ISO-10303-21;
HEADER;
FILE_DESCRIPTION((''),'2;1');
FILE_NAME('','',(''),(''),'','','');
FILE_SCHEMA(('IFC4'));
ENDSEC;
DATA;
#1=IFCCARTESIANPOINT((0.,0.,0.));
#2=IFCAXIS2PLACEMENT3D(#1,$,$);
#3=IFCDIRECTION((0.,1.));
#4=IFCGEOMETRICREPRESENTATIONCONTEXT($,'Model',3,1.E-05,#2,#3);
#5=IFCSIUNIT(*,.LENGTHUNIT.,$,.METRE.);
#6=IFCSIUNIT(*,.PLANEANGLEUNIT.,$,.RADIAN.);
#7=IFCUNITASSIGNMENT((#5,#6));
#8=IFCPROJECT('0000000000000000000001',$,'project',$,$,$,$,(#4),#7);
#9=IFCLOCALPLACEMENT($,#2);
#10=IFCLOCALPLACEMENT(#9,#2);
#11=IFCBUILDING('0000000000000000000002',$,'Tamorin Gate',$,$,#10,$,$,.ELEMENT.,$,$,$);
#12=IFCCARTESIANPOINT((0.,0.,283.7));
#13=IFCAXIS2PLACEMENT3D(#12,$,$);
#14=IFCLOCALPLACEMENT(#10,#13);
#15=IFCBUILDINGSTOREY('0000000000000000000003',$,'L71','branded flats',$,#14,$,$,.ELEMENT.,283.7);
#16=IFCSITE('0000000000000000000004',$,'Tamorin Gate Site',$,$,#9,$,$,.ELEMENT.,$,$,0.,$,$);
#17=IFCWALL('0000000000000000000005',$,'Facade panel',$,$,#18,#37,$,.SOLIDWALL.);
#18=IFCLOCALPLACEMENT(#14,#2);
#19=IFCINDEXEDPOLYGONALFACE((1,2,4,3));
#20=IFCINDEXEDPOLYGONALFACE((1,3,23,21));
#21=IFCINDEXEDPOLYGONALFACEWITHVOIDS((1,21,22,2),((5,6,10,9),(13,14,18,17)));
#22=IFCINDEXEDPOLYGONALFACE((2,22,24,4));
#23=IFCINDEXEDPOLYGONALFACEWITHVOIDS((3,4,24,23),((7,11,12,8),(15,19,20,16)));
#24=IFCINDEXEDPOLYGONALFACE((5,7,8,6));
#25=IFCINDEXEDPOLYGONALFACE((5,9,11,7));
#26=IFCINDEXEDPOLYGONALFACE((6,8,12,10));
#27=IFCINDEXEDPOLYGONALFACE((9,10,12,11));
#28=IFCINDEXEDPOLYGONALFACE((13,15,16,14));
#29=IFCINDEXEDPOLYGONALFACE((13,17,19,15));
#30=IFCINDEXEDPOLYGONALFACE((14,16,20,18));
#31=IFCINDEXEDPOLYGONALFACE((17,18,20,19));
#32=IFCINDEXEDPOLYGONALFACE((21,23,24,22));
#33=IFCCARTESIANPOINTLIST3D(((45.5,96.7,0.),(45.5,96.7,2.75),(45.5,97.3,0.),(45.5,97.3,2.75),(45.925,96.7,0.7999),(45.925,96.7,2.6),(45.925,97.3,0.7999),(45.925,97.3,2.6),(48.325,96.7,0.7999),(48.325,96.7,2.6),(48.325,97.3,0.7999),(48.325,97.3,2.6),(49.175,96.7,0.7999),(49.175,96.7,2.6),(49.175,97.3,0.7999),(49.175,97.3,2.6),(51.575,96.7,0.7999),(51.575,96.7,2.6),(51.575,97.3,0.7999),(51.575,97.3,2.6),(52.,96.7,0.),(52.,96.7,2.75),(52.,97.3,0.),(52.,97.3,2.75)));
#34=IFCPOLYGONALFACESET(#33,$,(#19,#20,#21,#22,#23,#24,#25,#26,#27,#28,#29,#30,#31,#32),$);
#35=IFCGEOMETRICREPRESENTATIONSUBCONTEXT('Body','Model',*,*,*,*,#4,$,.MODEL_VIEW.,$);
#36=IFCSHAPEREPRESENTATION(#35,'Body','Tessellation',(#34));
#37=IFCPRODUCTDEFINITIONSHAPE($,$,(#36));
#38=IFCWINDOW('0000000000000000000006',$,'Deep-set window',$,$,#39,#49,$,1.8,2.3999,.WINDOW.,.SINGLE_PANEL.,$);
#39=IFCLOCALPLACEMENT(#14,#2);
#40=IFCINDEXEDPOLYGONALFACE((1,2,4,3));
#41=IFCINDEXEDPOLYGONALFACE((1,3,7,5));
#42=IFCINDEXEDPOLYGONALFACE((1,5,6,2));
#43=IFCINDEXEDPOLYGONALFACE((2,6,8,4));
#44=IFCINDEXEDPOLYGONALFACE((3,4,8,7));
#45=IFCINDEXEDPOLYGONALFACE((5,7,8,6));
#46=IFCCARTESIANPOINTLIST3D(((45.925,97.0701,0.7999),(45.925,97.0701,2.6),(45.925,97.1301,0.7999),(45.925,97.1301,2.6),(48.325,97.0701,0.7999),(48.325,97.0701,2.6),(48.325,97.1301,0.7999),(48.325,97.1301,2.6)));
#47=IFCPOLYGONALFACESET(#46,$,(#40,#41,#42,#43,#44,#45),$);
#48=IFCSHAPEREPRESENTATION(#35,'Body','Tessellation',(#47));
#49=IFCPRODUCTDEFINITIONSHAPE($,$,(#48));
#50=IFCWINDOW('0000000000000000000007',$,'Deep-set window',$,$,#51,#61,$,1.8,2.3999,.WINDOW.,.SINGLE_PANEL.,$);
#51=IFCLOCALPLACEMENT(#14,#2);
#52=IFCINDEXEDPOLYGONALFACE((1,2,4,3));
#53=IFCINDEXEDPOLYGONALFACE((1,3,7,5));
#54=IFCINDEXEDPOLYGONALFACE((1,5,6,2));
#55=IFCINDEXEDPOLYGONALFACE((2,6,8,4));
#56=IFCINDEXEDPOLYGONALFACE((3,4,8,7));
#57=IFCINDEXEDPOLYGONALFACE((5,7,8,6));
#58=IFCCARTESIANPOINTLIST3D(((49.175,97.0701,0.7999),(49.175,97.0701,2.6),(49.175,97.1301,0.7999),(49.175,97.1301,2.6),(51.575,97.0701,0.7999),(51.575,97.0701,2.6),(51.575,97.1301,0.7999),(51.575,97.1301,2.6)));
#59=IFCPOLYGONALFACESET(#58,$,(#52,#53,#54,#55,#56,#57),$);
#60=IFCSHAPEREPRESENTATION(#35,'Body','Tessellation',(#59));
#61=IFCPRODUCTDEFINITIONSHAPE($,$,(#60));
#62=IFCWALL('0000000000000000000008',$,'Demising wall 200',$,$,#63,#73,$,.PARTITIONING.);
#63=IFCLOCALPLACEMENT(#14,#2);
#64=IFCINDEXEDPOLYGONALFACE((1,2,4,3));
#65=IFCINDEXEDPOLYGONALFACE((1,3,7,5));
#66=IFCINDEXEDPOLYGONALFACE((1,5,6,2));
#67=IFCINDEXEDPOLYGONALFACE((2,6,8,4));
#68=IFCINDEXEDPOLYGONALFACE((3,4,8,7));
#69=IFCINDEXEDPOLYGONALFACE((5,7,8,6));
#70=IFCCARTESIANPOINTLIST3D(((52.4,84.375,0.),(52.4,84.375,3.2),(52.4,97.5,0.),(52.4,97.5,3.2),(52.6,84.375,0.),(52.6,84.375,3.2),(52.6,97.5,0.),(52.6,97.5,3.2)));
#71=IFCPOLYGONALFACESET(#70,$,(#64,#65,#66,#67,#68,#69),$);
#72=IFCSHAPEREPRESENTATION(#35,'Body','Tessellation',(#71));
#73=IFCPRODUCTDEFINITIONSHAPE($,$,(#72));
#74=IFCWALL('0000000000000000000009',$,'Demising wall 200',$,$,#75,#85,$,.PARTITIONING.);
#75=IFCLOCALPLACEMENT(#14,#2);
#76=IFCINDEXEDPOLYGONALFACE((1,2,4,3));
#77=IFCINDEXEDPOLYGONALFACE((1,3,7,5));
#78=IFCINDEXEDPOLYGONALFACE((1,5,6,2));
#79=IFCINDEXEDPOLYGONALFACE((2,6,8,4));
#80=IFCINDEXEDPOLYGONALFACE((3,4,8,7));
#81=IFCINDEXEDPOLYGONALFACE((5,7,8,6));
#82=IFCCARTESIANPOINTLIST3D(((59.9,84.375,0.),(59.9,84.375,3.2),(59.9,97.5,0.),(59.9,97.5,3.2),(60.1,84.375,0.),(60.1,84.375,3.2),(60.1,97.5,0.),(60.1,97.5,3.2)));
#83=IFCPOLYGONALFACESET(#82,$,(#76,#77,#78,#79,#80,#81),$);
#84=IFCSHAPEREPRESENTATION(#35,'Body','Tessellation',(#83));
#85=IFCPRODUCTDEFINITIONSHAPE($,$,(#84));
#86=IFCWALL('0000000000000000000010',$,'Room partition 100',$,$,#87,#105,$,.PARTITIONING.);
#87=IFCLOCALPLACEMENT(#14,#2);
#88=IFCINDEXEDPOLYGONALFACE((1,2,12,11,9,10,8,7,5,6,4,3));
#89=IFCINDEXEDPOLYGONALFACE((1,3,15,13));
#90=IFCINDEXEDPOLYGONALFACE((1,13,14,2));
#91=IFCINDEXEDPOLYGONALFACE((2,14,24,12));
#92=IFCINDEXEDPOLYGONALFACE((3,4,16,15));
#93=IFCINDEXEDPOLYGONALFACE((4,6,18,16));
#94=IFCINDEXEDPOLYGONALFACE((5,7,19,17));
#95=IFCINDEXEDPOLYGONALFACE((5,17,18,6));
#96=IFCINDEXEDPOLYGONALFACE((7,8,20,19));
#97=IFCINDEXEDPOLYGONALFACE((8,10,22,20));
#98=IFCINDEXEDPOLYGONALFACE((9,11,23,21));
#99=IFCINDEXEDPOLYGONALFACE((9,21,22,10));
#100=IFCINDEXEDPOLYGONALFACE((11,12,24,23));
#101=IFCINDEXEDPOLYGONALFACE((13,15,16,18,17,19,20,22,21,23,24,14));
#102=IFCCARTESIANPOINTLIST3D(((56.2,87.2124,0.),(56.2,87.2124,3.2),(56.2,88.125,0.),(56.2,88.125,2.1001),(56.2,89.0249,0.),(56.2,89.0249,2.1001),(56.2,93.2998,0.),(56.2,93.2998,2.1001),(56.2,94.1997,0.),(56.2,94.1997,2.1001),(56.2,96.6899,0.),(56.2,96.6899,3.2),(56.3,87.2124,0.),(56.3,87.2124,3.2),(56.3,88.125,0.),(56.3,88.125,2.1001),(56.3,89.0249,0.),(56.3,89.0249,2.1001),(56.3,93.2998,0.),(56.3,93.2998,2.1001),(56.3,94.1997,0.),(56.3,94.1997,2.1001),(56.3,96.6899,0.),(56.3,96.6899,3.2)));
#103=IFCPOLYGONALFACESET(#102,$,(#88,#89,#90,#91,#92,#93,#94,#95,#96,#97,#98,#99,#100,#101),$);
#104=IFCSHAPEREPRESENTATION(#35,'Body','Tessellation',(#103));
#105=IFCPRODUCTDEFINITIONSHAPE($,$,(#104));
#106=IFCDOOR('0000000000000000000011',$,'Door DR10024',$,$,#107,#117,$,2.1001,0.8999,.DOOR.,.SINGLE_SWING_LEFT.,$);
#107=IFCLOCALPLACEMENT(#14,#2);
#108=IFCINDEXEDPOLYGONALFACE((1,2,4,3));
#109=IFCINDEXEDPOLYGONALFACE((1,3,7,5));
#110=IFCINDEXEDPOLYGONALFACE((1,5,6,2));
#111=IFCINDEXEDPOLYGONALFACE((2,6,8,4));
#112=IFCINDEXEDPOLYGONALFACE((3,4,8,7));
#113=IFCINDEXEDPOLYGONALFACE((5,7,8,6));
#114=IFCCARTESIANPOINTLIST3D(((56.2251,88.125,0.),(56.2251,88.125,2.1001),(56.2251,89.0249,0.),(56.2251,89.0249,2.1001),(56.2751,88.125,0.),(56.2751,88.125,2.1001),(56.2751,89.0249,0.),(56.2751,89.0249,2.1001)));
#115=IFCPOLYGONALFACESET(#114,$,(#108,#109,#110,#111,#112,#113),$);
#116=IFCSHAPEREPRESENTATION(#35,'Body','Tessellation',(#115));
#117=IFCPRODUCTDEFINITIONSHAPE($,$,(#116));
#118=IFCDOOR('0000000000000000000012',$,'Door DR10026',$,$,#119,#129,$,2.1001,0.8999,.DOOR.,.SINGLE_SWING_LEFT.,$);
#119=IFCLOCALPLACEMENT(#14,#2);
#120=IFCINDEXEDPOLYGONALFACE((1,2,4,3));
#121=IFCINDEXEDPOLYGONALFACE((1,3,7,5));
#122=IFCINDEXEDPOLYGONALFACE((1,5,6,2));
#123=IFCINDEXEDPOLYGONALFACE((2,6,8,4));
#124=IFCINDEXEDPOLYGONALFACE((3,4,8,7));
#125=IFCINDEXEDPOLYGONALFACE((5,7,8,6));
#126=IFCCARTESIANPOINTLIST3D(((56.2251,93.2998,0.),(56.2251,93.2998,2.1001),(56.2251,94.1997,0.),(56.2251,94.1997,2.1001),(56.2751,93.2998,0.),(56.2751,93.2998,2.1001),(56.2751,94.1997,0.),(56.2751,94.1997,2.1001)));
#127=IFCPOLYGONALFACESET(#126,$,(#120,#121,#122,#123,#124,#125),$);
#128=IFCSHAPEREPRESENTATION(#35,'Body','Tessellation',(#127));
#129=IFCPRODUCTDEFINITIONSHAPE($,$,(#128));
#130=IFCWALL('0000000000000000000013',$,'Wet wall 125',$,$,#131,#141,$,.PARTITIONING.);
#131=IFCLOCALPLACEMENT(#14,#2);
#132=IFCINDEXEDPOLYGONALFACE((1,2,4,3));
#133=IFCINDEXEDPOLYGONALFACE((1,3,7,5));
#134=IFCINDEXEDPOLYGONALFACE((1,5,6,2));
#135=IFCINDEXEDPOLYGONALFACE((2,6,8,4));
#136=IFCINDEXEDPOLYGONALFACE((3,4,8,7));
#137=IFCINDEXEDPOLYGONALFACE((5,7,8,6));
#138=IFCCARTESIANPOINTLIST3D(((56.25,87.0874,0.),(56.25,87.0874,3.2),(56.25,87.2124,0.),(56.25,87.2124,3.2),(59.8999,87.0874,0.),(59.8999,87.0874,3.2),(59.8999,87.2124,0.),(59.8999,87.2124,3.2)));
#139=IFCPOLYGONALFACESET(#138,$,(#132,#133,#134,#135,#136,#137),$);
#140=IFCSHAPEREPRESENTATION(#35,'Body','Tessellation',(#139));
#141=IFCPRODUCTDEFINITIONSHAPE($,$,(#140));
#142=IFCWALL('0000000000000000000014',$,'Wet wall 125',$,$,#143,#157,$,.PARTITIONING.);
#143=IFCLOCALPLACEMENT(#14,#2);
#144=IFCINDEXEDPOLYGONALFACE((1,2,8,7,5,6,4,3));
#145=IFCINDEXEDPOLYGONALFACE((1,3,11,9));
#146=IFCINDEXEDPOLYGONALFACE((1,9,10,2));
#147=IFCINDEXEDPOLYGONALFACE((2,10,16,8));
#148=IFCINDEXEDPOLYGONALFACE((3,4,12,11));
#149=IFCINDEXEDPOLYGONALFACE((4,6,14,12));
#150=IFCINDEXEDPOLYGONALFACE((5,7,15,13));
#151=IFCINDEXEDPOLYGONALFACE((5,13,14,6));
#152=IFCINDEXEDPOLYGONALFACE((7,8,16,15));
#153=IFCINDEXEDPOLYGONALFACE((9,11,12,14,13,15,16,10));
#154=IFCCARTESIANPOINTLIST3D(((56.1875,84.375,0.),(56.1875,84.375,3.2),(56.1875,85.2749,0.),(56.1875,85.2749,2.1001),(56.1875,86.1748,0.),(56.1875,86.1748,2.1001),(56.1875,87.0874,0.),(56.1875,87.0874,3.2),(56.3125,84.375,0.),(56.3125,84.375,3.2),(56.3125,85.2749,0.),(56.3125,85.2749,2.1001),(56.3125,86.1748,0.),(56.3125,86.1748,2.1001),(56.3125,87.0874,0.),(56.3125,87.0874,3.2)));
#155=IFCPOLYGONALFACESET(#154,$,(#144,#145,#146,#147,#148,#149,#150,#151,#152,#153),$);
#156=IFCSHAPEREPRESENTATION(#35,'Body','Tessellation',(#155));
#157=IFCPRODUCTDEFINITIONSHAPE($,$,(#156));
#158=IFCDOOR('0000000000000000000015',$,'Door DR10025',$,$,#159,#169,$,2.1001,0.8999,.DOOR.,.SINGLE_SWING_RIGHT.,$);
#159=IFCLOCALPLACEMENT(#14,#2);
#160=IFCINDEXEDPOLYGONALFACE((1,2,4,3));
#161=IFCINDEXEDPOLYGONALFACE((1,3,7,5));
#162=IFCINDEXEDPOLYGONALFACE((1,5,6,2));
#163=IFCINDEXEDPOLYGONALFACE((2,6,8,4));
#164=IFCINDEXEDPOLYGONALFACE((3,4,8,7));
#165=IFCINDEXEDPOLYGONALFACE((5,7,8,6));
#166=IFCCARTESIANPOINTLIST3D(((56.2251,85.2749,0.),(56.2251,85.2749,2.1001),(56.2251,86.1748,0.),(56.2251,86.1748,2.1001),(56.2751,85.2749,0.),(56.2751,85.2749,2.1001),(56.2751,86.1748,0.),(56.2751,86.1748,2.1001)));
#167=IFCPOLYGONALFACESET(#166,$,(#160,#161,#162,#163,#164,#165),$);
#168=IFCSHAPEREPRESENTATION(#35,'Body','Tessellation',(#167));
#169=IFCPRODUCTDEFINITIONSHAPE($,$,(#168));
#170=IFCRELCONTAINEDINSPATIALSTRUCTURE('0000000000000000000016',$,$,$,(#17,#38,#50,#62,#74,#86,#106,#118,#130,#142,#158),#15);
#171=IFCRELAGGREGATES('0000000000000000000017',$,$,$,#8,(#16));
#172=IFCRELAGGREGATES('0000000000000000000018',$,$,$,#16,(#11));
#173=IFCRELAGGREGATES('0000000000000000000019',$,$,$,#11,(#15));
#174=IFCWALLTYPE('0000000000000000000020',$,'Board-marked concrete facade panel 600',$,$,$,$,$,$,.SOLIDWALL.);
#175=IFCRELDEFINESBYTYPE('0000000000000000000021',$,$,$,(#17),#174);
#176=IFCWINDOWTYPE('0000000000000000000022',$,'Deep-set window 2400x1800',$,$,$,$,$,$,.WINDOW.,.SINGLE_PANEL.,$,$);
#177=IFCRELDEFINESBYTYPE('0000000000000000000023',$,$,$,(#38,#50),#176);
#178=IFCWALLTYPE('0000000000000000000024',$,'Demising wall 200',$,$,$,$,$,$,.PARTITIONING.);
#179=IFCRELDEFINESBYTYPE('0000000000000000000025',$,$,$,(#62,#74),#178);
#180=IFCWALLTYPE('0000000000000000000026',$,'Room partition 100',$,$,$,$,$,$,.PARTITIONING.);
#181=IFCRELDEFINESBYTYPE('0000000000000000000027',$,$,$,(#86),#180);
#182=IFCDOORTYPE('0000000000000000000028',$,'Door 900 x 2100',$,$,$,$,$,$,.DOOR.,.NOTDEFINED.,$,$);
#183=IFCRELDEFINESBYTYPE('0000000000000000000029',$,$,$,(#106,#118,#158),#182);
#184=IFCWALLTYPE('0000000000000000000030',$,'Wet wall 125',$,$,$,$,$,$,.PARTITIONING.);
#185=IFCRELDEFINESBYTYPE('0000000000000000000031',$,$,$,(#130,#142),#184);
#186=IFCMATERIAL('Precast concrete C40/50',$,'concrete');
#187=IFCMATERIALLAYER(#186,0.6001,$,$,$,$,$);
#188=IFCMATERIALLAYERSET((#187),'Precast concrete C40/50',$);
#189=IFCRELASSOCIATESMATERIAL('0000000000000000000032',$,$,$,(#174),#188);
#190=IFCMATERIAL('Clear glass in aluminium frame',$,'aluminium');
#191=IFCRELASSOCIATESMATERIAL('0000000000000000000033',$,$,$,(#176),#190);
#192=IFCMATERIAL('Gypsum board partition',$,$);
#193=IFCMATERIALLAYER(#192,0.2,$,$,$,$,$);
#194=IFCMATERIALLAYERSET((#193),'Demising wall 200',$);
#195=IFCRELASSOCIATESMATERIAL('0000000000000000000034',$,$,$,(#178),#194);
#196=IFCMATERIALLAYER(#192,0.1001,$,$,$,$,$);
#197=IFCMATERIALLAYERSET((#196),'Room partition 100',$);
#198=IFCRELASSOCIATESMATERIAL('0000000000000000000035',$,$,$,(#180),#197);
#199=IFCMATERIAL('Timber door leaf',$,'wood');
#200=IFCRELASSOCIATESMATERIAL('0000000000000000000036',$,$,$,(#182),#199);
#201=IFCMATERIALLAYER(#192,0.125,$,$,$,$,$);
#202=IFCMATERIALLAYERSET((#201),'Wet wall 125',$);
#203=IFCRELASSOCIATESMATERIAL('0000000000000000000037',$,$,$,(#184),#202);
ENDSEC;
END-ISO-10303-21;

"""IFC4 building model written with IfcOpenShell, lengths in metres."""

from ifc_helpers import new_model, si_unit, direction, frame, frame_2d, origin, place, context, subcontext, project, spatial, rectangle, extrude, material, layer, layer_set, type_object, element, fill, save


model = new_model("IFC4")

# Units and contexts
model_context = context("Model", 3, precision=1e-05, world=origin(), true_north=direction((0.0, 1.0)))
body_context = subcontext(model_context, "Body", "Model", "MODEL_VIEW")
ifc_project = project(units=[si_unit("LENGTHUNIT", "METRE"), si_unit("PLANEANGLEUNIT", "RADIAN")], contexts=[model_context])

# Site, building, storey
site_placement = place(None, origin())
site = spatial("IfcSite", under=ifc_project, at=site_placement, Name="Tamorin Gate Site", CompositionType="ELEMENT", RefElevation=0.0)
building_placement = place(site_placement, origin())
building = spatial("IfcBuilding", under=site, at=building_placement, Name="Tamorin Gate", CompositionType="ELEMENT")
storey_placement = place(building_placement, frame((0.0, 0.0, 283.7)))
storey = spatial("IfcBuildingStorey", under=building, at=storey_placement, Name="L71", Description="branded flats", CompositionType="ELEMENT", Elevation=283.7)

# Wall, openings, windows
ifc_material_1 = material(Name="Precast concrete C40/50", Category="concrete")
ifc_layer_1 = layer(ifc_material_1, 0.6001)
ifc_layer_set_1 = layer_set([ifc_layer_1], Name="Precast concrete C40/50")
wall_type_1 = type_object("IfcWallType", Name="Board-marked concrete facade panel 600", PredefinedType="SOLIDWALL", material=ifc_layer_set_1)
ifc_material_2 = material(Name="Clear glass in aluminium frame", Category="aluminium")
window_type = type_object("IfcWindowType", Name="Deep-set window 2400x1800", PartitioningType="SINGLE_PANEL", PredefinedType="WINDOW", material=ifc_material_2)
wall_1_placement = place(storey_placement, frame((52.0, 97.0, 0.0), z_axis=(0.0, 0.0, 1.0), x_axis=(-1.0, 0.0, 0.0)))
wall_1 = element("IfcWall", 1, at=wall_1_placement, inside=storey, type_object=wall_type_1, Name="Facade panel", PredefinedType="SOLIDWALL", context=body_context, shape_type="SweptSolid", body=[
    extrude(rectangle(XDim=6.5, YDim=0.6001, at=frame_2d((3.25, 0.0))), origin(), (0.0, 0.0, 1.0), 2.75),
])
opening_1_placement = place(wall_1_placement, frame((3.675, 0.0, 0.8)))
opening_1 = element("IfcOpeningElement", 2, at=opening_1_placement, cuts=wall_1, PredefinedType="OPENING", context=body_context, shape_type="SweptSolid", body=[
    extrude(rectangle(XDim=2.3999, YDim=1.8, at=frame_2d((1.2, 0.8999))), frame((0.0, 0.3101, 0.0), z_axis=(0.0, -1.0, 0.0), x_axis=(1.0, 0.0, 0.0)), (0.0, 0.0, 1.0), 0.6201),
])
opening_2_placement = place(wall_1_placement, frame((0.425, 0.0, 0.8)))
opening_2 = element("IfcOpeningElement", 3, at=opening_2_placement, cuts=wall_1, PredefinedType="OPENING", context=body_context, shape_type="SweptSolid", body=[
    extrude(rectangle(XDim=2.3999, YDim=1.8, at=frame_2d((1.2, 0.8999))), frame((0.0, 0.3101, 0.0), z_axis=(0.0, -1.0, 0.0), x_axis=(1.0, 0.0, 0.0)), (0.0, 0.0, 1.0), 0.6201),
])
window_1_placement = place(opening_1_placement, origin())
window_1 = element("IfcWindow", 4, at=window_1_placement, inside=storey, type_object=window_type, Name="Deep-set window", OverallHeight=1.8, OverallWidth=2.3999, PartitioningType="SINGLE_PANEL", PredefinedType="WINDOW", context=body_context, shape_type="SweptSolid", body=[
    extrude(rectangle(XDim=2.3999, YDim=1.8, at=frame_2d((1.2, 0.8999))), frame((0.0, -0.0701, 0.0), z_axis=(0.0, -1.0, 0.0), x_axis=(1.0, 0.0, 0.0)), (0.0, 0.0, 1.0), 0.0601),
])
fill(opening_1, window_1)
window_2_placement = place(opening_2_placement, origin())
window_2 = element("IfcWindow", 5, at=window_2_placement, inside=storey, type_object=window_type, Name="Deep-set window", OverallHeight=1.8, OverallWidth=2.3999, PartitioningType="SINGLE_PANEL", PredefinedType="WINDOW", context=body_context, shape_type="SweptSolid", body=[
    extrude(rectangle(XDim=2.3999, YDim=1.8, at=frame_2d((1.2, 0.8999))), frame((0.0, -0.0701, 0.0), z_axis=(0.0, -1.0, 0.0), x_axis=(1.0, 0.0, 0.0)), (0.0, 0.0, 1.0), 0.0601),
])
fill(opening_2, window_2)

# Walls
ifc_material_3 = material(Name="Gypsum board partition")
ifc_layer_2 = layer(ifc_material_3, 0.2)
ifc_layer_set_2 = layer_set([ifc_layer_2], Name="Demising wall 200")
wall_type_2 = type_object("IfcWallType", Name="Demising wall 200", PredefinedType="PARTITIONING", material=ifc_layer_set_2)
for number, where, z_axis, x_axis, name in (
    (6, (52.5, 84.375, 0.0), (0.0, 0.0, 1.0), (0.0, 1.0, 0.0), "Demising wall 200"),
    (7, (60.0, 84.375, 0.0), (0.0, 0.0, 1.0), (0.0, 1.0, 0.0), "Demising wall 200"),
):
    element("IfcWall", number, at=place(storey_placement, frame(where, z_axis=z_axis, x_axis=x_axis)), inside=storey, type_object=wall_type_2, Name=name, PredefinedType="PARTITIONING", context=body_context, shape_type="SweptSolid", body=[
        extrude(rectangle(XDim=13.125, YDim=0.2, at=frame_2d((6.5625, 0.0))), origin(), (0.0, 0.0, 1.0), 3.2),
    ])

# Wall, openings, doors
ifc_layer_3 = layer(ifc_material_3, 0.1001)
ifc_layer_set_3 = layer_set([ifc_layer_3], Name="Room partition 100")
wall_type_3 = type_object("IfcWallType", Name="Room partition 100", PredefinedType="PARTITIONING", material=ifc_layer_set_3)
wall_2_placement = place(storey_placement, frame((56.25, 87.2124, 0.0), z_axis=(0.0, 0.0, 1.0), x_axis=(0.0, 1.0, 0.0)))
wall_2 = element("IfcWall", 8, at=wall_2_placement, inside=storey, type_object=wall_type_3, Name="Room partition 100", PredefinedType="PARTITIONING", context=body_context, shape_type="SweptSolid", body=[
    extrude(rectangle(XDim=9.4775, YDim=0.1001, at=frame_2d((4.7388, 0.0))), origin(), (0.0, 0.0, 1.0), 3.2),
])
opening_3_placement = place(wall_2_placement, frame((0.9126, 0.0, 0.0)))
opening_3 = element("IfcOpeningElement", 9, at=opening_3_placement, cuts=wall_2, PredefinedType="OPENING", context=body_context, shape_type="SweptSolid", body=[
    extrude(rectangle(XDim=0.8999, YDim=2.1001, at=frame_2d((0.45, 1.05))), frame((0.0, 0.0601, 0.0), z_axis=(0.0, -1.0, 0.0), x_axis=(1.0, 0.0, 0.0)), (0.0, 0.0, 1.0), 0.1201),
])
opening_4_placement = place(wall_2_placement, frame((6.0874, 0.0, 0.0)))
opening_4 = element("IfcOpeningElement", 10, at=opening_4_placement, cuts=wall_2, PredefinedType="OPENING", context=body_context, shape_type="SweptSolid", body=[
    extrude(rectangle(XDim=0.8999, YDim=2.1001, at=frame_2d((0.45, 1.05))), frame((0.0, 0.0601, 0.0), z_axis=(0.0, -1.0, 0.0), x_axis=(1.0, 0.0, 0.0)), (0.0, 0.0, 1.0), 0.1201),
])
ifc_material_4 = material(Name="Timber door leaf", Category="wood")
door_type = type_object("IfcDoorType", Name="Door 900 x 2100", OperationType="NOTDEFINED", PredefinedType="DOOR", material=ifc_material_4)
door_1_placement = place(opening_3_placement, origin())
door_1 = element("IfcDoor", 11, at=door_1_placement, inside=storey, type_object=door_type, Name="Door DR10024", OperationType="SINGLE_SWING_LEFT", OverallHeight=2.1001, OverallWidth=0.8999, PredefinedType="DOOR", context=body_context, shape_type="SweptSolid", body=[
    extrude(rectangle(XDim=0.8999, YDim=2.1001, at=frame_2d((0.45, 1.05))), frame((0.0, 0.0249, 0.0), z_axis=(0.0, -1.0, 0.0), x_axis=(1.0, 0.0, 0.0)), (0.0, 0.0, 1.0), 0.05),
])
fill(opening_3, door_1)
door_2_placement = place(opening_4_placement, origin())
door_2 = element("IfcDoor", 12, at=door_2_placement, inside=storey, type_object=door_type, Name="Door DR10026", OperationType="SINGLE_SWING_LEFT", OverallHeight=2.1001, OverallWidth=0.8999, PredefinedType="DOOR", context=body_context, shape_type="SweptSolid", body=[
    extrude(rectangle(XDim=0.8999, YDim=2.1001, at=frame_2d((0.45, 1.05))), frame((0.0, 0.0249, 0.0), z_axis=(0.0, -1.0, 0.0), x_axis=(1.0, 0.0, 0.0)), (0.0, 0.0, 1.0), 0.05),
])
fill(opening_4, door_2)

# Wall
ifc_layer_4 = layer(ifc_material_3, 0.125)
ifc_layer_set_4 = layer_set([ifc_layer_4], Name="Wet wall 125")
wall_type_4 = type_object("IfcWallType", Name="Wet wall 125", PredefinedType="PARTITIONING", material=ifc_layer_set_4)
wall_3_placement = place(storey_placement, frame((56.25, 87.1499, 0.0), z_axis=(0.0, 0.0, 1.0), x_axis=(1.0, 0.0, 0.0)))
element("IfcWall", 13, at=wall_3_placement, inside=storey, type_object=wall_type_4, Name="Wet wall 125", PredefinedType="PARTITIONING", context=body_context, shape_type="SweptSolid", body=[
    extrude(rectangle(XDim=3.6499, YDim=0.125, at=frame_2d((1.825, 0.0))), origin(), (0.0, 0.0, 1.0), 3.2),
])

# Wall, opening, door
wall_4_placement = place(storey_placement, frame((56.25, 84.375, 0.0), z_axis=(0.0, 0.0, 1.0), x_axis=(0.0, 1.0, 0.0)))
wall_4 = element("IfcWall", 14, at=wall_4_placement, inside=storey, type_object=wall_type_4, Name="Wet wall 125", PredefinedType="PARTITIONING", context=body_context, shape_type="SweptSolid", body=[
    extrude(rectangle(XDim=2.7124, YDim=0.125, at=frame_2d((1.3562, 0.0))), origin(), (0.0, 0.0, 1.0), 3.2),
])
opening_5_placement = place(wall_4_placement, frame((0.8999, 0.0, 0.0)))
opening_5 = element("IfcOpeningElement", 15, at=opening_5_placement, cuts=wall_4, PredefinedType="OPENING", context=body_context, shape_type="SweptSolid", body=[
    extrude(rectangle(XDim=0.8999, YDim=2.1001, at=frame_2d((0.45, 1.05))), frame((0.0, 0.0725, 0.0), z_axis=(0.0, -1.0, 0.0), x_axis=(1.0, 0.0, 0.0)), (0.0, 0.0, 1.0), 0.145),
])
door_3_placement = place(opening_5_placement, origin())
door_3 = element("IfcDoor", 16, at=door_3_placement, inside=storey, type_object=door_type, Name="Door DR10025", OperationType="SINGLE_SWING_RIGHT", OverallHeight=2.1001, OverallWidth=0.8999, PredefinedType="DOOR", context=body_context, shape_type="SweptSolid", body=[
    extrude(rectangle(XDim=0.8999, YDim=2.1001, at=frame_2d((0.45, 1.05))), frame((0.0, 0.0249, 0.0), z_axis=(0.0, -1.0, 0.0), x_axis=(1.0, 0.0, 0.0)), (0.0, 0.0, 1.0), 0.05),
])
fill(opening_5, door_3)

save(model, "model.ifc")
